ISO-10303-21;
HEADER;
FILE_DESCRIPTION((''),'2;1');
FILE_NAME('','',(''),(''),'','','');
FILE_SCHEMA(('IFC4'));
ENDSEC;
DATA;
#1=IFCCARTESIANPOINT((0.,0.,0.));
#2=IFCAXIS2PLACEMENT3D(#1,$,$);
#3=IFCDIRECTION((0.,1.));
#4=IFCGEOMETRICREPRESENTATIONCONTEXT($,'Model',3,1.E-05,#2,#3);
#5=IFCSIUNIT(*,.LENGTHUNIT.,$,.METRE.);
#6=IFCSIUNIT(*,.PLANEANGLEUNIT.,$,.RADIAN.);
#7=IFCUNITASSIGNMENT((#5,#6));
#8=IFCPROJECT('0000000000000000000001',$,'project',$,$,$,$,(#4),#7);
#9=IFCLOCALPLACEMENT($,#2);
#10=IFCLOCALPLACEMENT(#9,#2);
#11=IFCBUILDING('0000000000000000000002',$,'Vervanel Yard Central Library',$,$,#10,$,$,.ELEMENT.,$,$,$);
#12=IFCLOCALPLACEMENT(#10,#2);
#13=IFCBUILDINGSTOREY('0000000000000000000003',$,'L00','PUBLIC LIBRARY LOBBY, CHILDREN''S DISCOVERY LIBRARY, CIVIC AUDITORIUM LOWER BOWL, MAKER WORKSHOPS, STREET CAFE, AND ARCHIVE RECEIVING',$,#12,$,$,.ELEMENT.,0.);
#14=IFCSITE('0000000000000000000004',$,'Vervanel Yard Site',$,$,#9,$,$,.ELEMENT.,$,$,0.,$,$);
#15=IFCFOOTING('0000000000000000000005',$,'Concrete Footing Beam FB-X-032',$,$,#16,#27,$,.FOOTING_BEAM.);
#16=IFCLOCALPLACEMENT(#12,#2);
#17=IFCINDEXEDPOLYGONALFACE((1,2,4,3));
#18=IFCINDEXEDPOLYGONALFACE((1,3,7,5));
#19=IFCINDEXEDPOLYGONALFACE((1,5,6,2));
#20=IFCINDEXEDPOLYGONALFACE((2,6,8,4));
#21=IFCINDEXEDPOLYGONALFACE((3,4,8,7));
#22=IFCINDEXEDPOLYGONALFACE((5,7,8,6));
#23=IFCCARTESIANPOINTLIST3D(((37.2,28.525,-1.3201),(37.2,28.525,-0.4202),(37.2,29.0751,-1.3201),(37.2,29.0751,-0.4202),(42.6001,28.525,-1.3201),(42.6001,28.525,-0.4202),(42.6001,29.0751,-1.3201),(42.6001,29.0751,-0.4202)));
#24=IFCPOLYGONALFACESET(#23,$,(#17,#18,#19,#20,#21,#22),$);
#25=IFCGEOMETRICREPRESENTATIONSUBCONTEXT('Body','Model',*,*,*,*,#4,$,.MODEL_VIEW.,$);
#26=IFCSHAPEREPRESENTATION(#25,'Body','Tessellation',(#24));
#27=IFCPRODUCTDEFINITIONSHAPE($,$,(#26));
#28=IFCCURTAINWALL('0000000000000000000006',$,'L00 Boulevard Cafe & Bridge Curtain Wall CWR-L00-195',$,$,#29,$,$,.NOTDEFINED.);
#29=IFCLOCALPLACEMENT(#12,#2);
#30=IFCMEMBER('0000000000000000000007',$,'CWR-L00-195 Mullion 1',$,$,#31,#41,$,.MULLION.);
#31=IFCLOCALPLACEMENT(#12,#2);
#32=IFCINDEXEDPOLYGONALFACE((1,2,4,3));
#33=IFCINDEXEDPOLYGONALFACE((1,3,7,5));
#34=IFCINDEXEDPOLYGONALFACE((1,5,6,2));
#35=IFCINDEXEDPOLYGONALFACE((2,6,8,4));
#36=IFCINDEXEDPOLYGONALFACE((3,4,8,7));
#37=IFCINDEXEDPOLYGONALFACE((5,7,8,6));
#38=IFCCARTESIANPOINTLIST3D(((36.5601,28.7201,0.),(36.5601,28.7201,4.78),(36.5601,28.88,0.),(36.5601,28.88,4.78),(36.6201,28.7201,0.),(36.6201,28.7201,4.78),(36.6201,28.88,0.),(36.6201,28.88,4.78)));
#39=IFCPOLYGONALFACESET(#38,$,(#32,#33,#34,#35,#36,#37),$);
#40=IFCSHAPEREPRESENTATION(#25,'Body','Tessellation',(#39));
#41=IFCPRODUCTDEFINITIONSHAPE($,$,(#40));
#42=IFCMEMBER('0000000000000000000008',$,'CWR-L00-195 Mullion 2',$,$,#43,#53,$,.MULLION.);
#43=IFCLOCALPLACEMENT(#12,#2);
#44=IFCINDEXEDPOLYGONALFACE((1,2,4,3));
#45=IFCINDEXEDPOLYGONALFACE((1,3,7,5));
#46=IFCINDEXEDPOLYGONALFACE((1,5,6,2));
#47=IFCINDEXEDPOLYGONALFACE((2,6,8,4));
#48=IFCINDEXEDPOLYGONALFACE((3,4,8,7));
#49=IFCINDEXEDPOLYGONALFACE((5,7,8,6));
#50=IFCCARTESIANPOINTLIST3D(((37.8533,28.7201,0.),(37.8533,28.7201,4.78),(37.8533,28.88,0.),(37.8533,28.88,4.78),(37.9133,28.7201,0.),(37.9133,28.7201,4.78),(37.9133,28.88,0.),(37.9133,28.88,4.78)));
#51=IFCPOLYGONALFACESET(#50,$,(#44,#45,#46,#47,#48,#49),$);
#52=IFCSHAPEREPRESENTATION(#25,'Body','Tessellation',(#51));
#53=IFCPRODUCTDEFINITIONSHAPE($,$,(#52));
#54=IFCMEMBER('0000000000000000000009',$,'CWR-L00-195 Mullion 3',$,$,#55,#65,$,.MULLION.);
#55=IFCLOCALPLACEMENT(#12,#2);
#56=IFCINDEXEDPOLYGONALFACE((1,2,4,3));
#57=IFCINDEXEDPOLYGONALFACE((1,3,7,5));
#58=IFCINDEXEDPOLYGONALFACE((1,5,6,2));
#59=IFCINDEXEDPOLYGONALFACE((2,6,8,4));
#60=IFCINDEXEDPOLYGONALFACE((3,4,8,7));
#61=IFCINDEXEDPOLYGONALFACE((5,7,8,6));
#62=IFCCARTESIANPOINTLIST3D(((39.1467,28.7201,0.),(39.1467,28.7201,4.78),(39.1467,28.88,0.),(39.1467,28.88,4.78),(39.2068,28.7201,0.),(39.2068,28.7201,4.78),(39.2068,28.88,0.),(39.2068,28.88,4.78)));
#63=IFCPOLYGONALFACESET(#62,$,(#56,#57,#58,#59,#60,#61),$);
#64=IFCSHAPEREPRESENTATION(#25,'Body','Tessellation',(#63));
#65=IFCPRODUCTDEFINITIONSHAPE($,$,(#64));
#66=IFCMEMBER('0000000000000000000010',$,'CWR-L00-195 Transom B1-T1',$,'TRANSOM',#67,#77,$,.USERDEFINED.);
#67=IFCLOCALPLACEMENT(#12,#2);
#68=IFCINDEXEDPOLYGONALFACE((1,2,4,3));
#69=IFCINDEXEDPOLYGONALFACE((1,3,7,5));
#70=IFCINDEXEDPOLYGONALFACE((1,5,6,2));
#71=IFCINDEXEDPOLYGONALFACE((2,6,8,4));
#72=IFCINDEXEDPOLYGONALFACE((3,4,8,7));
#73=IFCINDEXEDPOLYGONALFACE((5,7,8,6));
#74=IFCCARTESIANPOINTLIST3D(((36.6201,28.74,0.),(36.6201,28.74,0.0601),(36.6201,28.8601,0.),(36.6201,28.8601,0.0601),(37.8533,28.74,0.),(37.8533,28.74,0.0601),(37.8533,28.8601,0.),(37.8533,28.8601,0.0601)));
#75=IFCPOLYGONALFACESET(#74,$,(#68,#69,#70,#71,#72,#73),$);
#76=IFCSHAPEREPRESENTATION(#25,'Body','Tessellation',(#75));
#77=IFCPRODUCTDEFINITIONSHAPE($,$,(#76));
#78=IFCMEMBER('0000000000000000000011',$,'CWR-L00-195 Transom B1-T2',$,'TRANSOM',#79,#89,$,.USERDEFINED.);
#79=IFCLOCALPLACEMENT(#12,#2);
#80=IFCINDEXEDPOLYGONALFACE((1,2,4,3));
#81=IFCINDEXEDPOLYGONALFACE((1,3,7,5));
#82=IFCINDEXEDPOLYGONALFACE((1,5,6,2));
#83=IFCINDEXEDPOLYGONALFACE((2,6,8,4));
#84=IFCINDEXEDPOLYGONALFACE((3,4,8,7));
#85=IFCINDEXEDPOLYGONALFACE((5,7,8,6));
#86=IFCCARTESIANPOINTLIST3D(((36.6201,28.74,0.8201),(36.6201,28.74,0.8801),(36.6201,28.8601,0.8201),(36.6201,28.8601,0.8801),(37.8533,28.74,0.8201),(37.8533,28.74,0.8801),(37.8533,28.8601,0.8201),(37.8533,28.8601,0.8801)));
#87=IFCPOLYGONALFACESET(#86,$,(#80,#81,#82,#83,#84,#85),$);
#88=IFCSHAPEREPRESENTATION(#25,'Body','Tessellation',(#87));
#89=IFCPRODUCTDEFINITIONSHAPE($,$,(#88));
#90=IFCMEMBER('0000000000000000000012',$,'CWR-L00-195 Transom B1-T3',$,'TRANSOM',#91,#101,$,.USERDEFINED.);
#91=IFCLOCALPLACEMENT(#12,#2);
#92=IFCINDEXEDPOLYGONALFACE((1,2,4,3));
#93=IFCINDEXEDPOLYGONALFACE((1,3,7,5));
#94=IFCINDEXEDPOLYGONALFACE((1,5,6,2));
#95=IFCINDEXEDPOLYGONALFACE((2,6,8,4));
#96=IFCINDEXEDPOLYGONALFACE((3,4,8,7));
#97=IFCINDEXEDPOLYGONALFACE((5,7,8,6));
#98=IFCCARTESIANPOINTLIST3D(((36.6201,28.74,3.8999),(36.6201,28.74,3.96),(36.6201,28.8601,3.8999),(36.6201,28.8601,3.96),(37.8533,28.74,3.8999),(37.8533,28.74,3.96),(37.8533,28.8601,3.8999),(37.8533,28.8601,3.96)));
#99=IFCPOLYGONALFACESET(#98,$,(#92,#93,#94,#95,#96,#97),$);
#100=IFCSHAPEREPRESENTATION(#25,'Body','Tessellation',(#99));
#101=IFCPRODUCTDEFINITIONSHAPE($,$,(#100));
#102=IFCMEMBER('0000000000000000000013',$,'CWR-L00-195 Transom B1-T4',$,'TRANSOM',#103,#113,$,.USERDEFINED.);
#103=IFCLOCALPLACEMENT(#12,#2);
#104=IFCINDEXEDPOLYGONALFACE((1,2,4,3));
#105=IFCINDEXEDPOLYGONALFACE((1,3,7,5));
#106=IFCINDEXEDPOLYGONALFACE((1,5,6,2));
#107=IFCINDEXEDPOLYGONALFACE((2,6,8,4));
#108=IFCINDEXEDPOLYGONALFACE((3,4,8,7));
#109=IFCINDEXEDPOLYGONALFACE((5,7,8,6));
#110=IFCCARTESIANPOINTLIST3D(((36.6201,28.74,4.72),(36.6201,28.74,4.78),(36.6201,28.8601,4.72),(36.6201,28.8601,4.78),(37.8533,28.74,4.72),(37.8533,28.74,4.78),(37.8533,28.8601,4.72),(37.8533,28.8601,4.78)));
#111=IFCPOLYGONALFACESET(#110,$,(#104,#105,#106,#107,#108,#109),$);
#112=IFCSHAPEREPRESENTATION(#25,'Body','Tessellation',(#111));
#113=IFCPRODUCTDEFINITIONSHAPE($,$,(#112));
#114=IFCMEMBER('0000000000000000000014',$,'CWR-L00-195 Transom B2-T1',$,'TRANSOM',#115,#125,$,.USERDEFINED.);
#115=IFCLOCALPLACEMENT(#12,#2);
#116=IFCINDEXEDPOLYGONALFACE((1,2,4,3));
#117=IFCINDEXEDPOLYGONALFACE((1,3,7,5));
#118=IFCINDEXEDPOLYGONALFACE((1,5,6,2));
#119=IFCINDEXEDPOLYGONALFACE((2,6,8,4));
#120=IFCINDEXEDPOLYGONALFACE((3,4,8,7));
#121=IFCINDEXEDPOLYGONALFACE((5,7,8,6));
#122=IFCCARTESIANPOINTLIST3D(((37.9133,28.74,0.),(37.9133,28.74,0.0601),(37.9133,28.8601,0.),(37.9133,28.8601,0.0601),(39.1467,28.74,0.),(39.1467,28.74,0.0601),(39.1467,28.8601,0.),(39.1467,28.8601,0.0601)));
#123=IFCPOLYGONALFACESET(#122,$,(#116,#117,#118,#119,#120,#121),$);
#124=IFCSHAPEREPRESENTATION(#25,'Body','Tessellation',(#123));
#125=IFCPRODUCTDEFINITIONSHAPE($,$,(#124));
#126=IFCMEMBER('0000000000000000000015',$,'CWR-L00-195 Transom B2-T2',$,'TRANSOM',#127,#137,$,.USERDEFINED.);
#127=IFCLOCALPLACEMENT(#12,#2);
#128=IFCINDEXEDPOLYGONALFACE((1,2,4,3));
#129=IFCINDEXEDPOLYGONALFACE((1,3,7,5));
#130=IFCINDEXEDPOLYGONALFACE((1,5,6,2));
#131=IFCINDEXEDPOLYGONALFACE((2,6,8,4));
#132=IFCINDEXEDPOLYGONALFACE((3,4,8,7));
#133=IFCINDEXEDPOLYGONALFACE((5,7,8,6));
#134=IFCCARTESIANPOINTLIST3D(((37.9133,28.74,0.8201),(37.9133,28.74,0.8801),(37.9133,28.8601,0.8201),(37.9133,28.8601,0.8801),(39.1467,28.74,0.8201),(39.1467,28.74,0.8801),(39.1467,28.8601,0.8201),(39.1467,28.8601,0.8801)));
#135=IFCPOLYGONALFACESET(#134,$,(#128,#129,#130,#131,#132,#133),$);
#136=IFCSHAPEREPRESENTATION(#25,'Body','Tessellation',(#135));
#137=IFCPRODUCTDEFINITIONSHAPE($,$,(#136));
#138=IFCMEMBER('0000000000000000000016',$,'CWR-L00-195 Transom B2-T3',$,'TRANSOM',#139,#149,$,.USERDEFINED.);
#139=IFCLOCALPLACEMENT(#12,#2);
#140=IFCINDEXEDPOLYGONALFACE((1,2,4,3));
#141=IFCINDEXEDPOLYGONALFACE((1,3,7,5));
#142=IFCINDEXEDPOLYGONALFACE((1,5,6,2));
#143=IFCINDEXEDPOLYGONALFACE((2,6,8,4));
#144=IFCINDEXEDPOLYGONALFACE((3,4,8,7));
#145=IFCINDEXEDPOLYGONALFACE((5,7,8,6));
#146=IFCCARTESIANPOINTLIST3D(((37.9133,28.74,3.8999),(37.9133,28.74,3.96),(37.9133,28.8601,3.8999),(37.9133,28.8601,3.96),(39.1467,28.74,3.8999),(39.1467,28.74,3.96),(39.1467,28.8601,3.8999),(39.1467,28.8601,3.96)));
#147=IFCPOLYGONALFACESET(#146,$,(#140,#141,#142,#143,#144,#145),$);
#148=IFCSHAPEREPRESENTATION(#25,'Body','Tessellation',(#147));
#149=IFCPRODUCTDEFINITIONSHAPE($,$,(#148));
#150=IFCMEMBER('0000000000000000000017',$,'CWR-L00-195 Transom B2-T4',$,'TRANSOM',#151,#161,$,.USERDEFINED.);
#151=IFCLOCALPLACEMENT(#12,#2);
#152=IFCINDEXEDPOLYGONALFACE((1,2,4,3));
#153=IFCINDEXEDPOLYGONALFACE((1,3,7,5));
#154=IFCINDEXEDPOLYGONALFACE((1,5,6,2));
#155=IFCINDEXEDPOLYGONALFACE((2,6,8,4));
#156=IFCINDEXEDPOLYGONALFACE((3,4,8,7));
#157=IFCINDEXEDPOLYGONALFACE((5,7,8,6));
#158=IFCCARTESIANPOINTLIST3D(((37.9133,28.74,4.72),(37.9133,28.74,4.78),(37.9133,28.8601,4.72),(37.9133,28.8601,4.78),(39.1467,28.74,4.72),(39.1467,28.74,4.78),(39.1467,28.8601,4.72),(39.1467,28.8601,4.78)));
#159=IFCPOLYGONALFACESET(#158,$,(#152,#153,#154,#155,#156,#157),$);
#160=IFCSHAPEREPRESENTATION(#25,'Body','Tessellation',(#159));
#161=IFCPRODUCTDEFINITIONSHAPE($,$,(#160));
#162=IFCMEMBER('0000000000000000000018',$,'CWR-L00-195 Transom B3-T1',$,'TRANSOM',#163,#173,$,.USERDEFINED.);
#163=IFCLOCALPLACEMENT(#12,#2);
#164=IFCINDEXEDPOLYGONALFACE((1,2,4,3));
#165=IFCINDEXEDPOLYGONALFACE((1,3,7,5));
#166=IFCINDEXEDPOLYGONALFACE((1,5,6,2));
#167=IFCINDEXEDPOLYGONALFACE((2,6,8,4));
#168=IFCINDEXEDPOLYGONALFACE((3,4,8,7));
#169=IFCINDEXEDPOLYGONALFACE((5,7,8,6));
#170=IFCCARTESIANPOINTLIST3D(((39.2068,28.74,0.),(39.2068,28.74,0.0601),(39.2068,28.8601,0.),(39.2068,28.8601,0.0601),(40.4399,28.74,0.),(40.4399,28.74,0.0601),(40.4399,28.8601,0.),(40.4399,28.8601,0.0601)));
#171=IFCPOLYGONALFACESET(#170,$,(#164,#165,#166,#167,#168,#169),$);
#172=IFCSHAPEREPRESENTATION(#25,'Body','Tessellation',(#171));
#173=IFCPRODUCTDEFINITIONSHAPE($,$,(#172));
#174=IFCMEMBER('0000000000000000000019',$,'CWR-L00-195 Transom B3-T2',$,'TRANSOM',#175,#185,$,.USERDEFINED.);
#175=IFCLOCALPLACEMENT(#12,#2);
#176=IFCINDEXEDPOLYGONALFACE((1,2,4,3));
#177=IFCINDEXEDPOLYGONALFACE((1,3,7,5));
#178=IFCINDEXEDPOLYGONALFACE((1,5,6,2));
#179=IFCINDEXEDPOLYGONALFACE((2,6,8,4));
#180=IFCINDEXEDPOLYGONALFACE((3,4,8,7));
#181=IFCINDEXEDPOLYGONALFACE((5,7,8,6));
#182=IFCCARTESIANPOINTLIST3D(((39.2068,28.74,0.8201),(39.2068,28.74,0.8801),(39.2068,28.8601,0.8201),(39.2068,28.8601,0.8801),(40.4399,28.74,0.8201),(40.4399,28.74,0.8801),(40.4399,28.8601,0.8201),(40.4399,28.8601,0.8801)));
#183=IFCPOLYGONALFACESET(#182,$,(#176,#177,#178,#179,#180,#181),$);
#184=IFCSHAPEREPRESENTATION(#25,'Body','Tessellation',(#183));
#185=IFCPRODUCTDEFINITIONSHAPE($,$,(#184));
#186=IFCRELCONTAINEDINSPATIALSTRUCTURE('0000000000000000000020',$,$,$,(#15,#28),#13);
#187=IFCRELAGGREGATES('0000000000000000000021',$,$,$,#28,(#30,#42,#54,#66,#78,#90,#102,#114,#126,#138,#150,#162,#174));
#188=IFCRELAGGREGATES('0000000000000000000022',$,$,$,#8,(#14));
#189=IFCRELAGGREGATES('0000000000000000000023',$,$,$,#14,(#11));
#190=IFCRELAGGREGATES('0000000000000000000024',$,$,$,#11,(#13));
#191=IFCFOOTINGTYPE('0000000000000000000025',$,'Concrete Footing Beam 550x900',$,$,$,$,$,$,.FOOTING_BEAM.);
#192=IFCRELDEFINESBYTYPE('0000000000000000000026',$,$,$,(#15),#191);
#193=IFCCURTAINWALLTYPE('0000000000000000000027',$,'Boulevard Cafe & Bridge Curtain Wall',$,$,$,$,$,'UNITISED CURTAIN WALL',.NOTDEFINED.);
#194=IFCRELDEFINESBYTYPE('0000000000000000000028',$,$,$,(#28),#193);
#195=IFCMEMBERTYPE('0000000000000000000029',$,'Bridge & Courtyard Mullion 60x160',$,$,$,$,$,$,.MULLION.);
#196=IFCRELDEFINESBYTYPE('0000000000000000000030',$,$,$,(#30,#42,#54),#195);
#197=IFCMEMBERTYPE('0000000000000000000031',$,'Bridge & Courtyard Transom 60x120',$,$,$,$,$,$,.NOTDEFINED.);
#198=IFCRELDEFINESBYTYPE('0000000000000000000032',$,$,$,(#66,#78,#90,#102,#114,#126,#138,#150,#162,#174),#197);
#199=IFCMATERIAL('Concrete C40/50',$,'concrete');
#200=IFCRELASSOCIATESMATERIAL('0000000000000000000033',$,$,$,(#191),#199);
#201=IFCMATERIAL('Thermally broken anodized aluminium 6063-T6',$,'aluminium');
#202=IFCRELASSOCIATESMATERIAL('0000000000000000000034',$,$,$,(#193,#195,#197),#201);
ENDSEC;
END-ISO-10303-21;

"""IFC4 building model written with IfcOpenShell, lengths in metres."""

from ifc_helpers import new_model, si_unit, direction, frame, origin, origin_2d, place, context, subcontext, project, spatial, rectangle, extrude, material, material_profile, profile_set, type_object, element, aggregate, save


model = new_model("IFC4")

# Units and contexts
model_context = context("Model", 3, precision=1e-05, world=origin(), true_north=direction((0.0, 1.0)))
body_context = subcontext(model_context, "Body", "Model", "MODEL_VIEW")
ifc_project = project(units=[si_unit("LENGTHUNIT", "METRE"), si_unit("PLANEANGLEUNIT", "RADIAN")], contexts=[model_context])

# Site, building, storey
site_placement = place(None, origin())
site = spatial("IfcSite", under=ifc_project, at=site_placement, Name="Vervanel Yard Site", CompositionType="ELEMENT", RefElevation=0.0)
building_placement = place(site_placement, origin())
building = spatial("IfcBuilding", under=site, at=building_placement, Name="Vervanel Yard Central Library", CompositionType="ELEMENT")
storey_placement = place(building_placement, origin())
storey = spatial("IfcBuildingStorey", under=building, at=storey_placement, Name="L00", Description="PUBLIC LIBRARY LOBBY, CHILDREN'S DISCOVERY LIBRARY, CIVIC AUDITORIUM LOWER BOWL, MAKER WORKSHOPS, STREET CAFE, AND ARCHIVE RECEIVING", CompositionType="ELEMENT", Elevation=0.0)

# Footing
ifc_material_1 = material(Name="Concrete C40/50", Category="concrete")
ifc_material_profile_1 = material_profile(ifc_material_1, rectangle(XDim=0.55, YDim=0.8999, at=origin_2d()), Name="RC 550x900", Category="concrete")
ifc_profile_set_1 = profile_set([ifc_material_profile_1], Name="Concrete C40/50")
footing_type = type_object("IfcFootingType", Name="Concrete Footing Beam 550x900", PredefinedType="FOOTING_BEAM", material=ifc_profile_set_1)
footing_placement = place(storey_placement, frame((37.2, 28.8, -0.8701), z_axis=(1.0, 0.0, 0.0), x_axis=(0.0, 1.0, 0.0)))
element("IfcFooting", 1, at=footing_placement, inside=storey, type_object=footing_type, Name="Concrete Footing Beam FB-X-032", PredefinedType="FOOTING_BEAM", context=body_context, shape_type="SweptSolid", body=[
    extrude(rectangle(XDim=0.55, YDim=0.8999, at=origin_2d()), origin(), (0.0, 0.0, 1.0), 5.4001),
])

# Curtain wall, members
ifc_material_2 = material(Name="Thermally broken anodized aluminium 6063-T6", Category="aluminium")
curtain_wall_type_1 = type_object("IfcCurtainWallType", Name="Boulevard Cafe & Bridge Curtain Wall", ElementType="UNITISED CURTAIN WALL", PredefinedType="NOTDEFINED", material=ifc_material_2)
curtain_wall_1_placement = place(storey_placement, origin())
curtain_wall_1 = element("IfcCurtainWall", 2, at=curtain_wall_1_placement, inside=storey, type_object=curtain_wall_type_1, Name="L00 Boulevard Cafe & Bridge Curtain Wall CWR-L00-195", PredefinedType="NOTDEFINED")
ifc_material_profile_2 = material_profile(ifc_material_2, rectangle(XDim=0.0601, YDim=0.1599, at=origin_2d()), Name="ALU 60x160", Category="aluminium")
ifc_profile_set_2 = profile_set([ifc_material_profile_2], Name="Thermally broken anodized aluminium 6063-T6")
member_type_1 = type_object("IfcMemberType", Name="Bridge & Courtyard Mullion 60x160", PredefinedType="MULLION", material=ifc_profile_set_2)
member_1_placement = place(storey_placement, frame((36.5901, 28.8, 0.0), z_axis=(0.0, 0.0, 1.0), x_axis=(1.0, 0.0, 0.0)))
member_1 = element("IfcMember", 3, at=member_1_placement, type_object=member_type_1, Name="CWR-L00-195 Mullion 1", PredefinedType="MULLION", context=body_context, shape_type="SweptSolid", body=[
    extrude(rectangle(XDim=0.0601, YDim=0.1599, at=origin_2d()), origin(), (0.0, 0.0, 1.0), 4.78),
])
member_2_placement = place(storey_placement, frame((37.8833, 28.8, 0.0), z_axis=(0.0, 0.0, 1.0), x_axis=(1.0, 0.0, 0.0)))
member_2 = element("IfcMember", 4, at=member_2_placement, type_object=member_type_1, Name="CWR-L00-195 Mullion 2", PredefinedType="MULLION", context=body_context, shape_type="SweptSolid", body=[
    extrude(rectangle(XDim=0.0601, YDim=0.1599, at=origin_2d()), origin(), (0.0, 0.0, 1.0), 4.78),
])
member_3_placement = place(storey_placement, frame((39.1768, 28.8, 0.0), z_axis=(0.0, 0.0, 1.0), x_axis=(1.0, 0.0, 0.0)))
member_3 = element("IfcMember", 5, at=member_3_placement, type_object=member_type_1, Name="CWR-L00-195 Mullion 3", PredefinedType="MULLION", context=body_context, shape_type="SweptSolid", body=[
    extrude(rectangle(XDim=0.0601, YDim=0.1599, at=origin_2d()), origin(), (0.0, 0.0, 1.0), 4.78),
])
ifc_material_profile_3 = material_profile(ifc_material_2, rectangle(XDim=0.0601, YDim=0.1201, at=origin_2d()), Name="ALU 60x120", Category="aluminium")
ifc_profile_set_3 = profile_set([ifc_material_profile_3], Name="Thermally broken anodized aluminium 6063-T6")
member_type_2 = type_object("IfcMemberType", Name="Bridge & Courtyard Transom 60x120", PredefinedType="NOTDEFINED", material=ifc_profile_set_3)
member_4_placement = place(storey_placement, frame((36.6201, 28.8, 0.03), z_axis=(1.0, 0.0, 0.0), x_axis=(0.0, 0.0, 1.0)))
member_4 = element("IfcMember", 6, at=member_4_placement, type_object=member_type_2, Name="CWR-L00-195 Transom B1-T1", ObjectType="TRANSOM", PredefinedType="USERDEFINED", context=body_context, shape_type="SweptSolid", body=[
    extrude(rectangle(XDim=0.0601, YDim=0.1201, at=origin_2d()), origin(), (0.0, 0.0, 1.0), 1.2332),
])
member_5_placement = place(storey_placement, frame((36.6201, 28.8, 0.8501), z_axis=(1.0, 0.0, 0.0), x_axis=(0.0, 0.0, 1.0)))
member_5 = element("IfcMember", 7, at=member_5_placement, type_object=member_type_2, Name="CWR-L00-195 Transom B1-T2", ObjectType="TRANSOM", PredefinedType="USERDEFINED", context=body_context, shape_type="SweptSolid", body=[
    extrude(rectangle(XDim=0.0601, YDim=0.1201, at=origin_2d()), origin(), (0.0, 0.0, 1.0), 1.2332),
])
member_6_placement = place(storey_placement, frame((36.6201, 28.8, 3.9299), z_axis=(1.0, 0.0, 0.0), x_axis=(0.0, 0.0, 1.0)))
member_6 = element("IfcMember", 8, at=member_6_placement, type_object=member_type_2, Name="CWR-L00-195 Transom B1-T3", ObjectType="TRANSOM", PredefinedType="USERDEFINED", context=body_context, shape_type="SweptSolid", body=[
    extrude(rectangle(XDim=0.0601, YDim=0.1201, at=origin_2d()), origin(), (0.0, 0.0, 1.0), 1.2332),
])
member_7_placement = place(storey_placement, frame((36.6201, 28.8, 4.75), z_axis=(1.0, 0.0, 0.0), x_axis=(0.0, 0.0, 1.0)))
member_7 = element("IfcMember", 9, at=member_7_placement, type_object=member_type_2, Name="CWR-L00-195 Transom B1-T4", ObjectType="TRANSOM", PredefinedType="USERDEFINED", context=body_context, shape_type="SweptSolid", body=[
    extrude(rectangle(XDim=0.0601, YDim=0.1201, at=origin_2d()), origin(), (0.0, 0.0, 1.0), 1.2332),
])
member_8_placement = place(storey_placement, frame((37.9133, 28.8, 0.03), z_axis=(1.0, 0.0, 0.0), x_axis=(0.0, 0.0, 1.0)))
member_8 = element("IfcMember", 10, at=member_8_placement, type_object=member_type_2, Name="CWR-L00-195 Transom B2-T1", ObjectType="TRANSOM", PredefinedType="USERDEFINED", context=body_context, shape_type="SweptSolid", body=[
    extrude(rectangle(XDim=0.0601, YDim=0.1201, at=origin_2d()), origin(), (0.0, 0.0, 1.0), 1.2334),
])
member_9_placement = place(storey_placement, frame((37.9133, 28.8, 0.8501), z_axis=(1.0, 0.0, 0.0), x_axis=(0.0, 0.0, 1.0)))
member_9 = element("IfcMember", 11, at=member_9_placement, type_object=member_type_2, Name="CWR-L00-195 Transom B2-T2", ObjectType="TRANSOM", PredefinedType="USERDEFINED", context=body_context, shape_type="SweptSolid", body=[
    extrude(rectangle(XDim=0.0601, YDim=0.1201, at=origin_2d()), origin(), (0.0, 0.0, 1.0), 1.2334),
])
member_10_placement = place(storey_placement, frame((37.9133, 28.8, 3.9299), z_axis=(1.0, 0.0, 0.0), x_axis=(0.0, 0.0, 1.0)))
member_10 = element("IfcMember", 12, at=member_10_placement, type_object=member_type_2, Name="CWR-L00-195 Transom B2-T3", ObjectType="TRANSOM", PredefinedType="USERDEFINED", context=body_context, shape_type="SweptSolid", body=[
    extrude(rectangle(XDim=0.0601, YDim=0.1201, at=origin_2d()), origin(), (0.0, 0.0, 1.0), 1.2334),
])
member_11_placement = place(storey_placement, frame((37.9133, 28.8, 4.75), z_axis=(1.0, 0.0, 0.0), x_axis=(0.0, 0.0, 1.0)))
member_11 = element("IfcMember", 13, at=member_11_placement, type_object=member_type_2, Name="CWR-L00-195 Transom B2-T4", ObjectType="TRANSOM", PredefinedType="USERDEFINED", context=body_context, shape_type="SweptSolid", body=[
    extrude(rectangle(XDim=0.0601, YDim=0.1201, at=origin_2d()), origin(), (0.0, 0.0, 1.0), 1.2334),
])
member_12_placement = place(storey_placement, frame((39.2068, 28.8, 0.03), z_axis=(1.0, 0.0, 0.0), x_axis=(0.0, 0.0, 1.0)))
member_12 = element("IfcMember", 14, at=member_12_placement, type_object=member_type_2, Name="CWR-L00-195 Transom B3-T1", ObjectType="TRANSOM", PredefinedType="USERDEFINED", context=body_context, shape_type="SweptSolid", body=[
    extrude(rectangle(XDim=0.0601, YDim=0.1201, at=origin_2d()), origin(), (0.0, 0.0, 1.0), 1.2332),
])
member_13_placement = place(storey_placement, frame((39.2068, 28.8, 0.8501), z_axis=(1.0, 0.0, 0.0), x_axis=(0.0, 0.0, 1.0)))
member_13 = element("IfcMember", 15, at=member_13_placement, type_object=member_type_2, Name="CWR-L00-195 Transom B3-T2", ObjectType="TRANSOM", PredefinedType="USERDEFINED", context=body_context, shape_type="SweptSolid", body=[
    extrude(rectangle(XDim=0.0601, YDim=0.1201, at=origin_2d()), origin(), (0.0, 0.0, 1.0), 1.2332),
])

aggregate(curtain_wall_1, [member_1, member_2, member_3, member_4, member_5, member_6, member_7, member_8, member_9, member_10, member_11, member_12, member_13])

save(model, "model.ifc")
